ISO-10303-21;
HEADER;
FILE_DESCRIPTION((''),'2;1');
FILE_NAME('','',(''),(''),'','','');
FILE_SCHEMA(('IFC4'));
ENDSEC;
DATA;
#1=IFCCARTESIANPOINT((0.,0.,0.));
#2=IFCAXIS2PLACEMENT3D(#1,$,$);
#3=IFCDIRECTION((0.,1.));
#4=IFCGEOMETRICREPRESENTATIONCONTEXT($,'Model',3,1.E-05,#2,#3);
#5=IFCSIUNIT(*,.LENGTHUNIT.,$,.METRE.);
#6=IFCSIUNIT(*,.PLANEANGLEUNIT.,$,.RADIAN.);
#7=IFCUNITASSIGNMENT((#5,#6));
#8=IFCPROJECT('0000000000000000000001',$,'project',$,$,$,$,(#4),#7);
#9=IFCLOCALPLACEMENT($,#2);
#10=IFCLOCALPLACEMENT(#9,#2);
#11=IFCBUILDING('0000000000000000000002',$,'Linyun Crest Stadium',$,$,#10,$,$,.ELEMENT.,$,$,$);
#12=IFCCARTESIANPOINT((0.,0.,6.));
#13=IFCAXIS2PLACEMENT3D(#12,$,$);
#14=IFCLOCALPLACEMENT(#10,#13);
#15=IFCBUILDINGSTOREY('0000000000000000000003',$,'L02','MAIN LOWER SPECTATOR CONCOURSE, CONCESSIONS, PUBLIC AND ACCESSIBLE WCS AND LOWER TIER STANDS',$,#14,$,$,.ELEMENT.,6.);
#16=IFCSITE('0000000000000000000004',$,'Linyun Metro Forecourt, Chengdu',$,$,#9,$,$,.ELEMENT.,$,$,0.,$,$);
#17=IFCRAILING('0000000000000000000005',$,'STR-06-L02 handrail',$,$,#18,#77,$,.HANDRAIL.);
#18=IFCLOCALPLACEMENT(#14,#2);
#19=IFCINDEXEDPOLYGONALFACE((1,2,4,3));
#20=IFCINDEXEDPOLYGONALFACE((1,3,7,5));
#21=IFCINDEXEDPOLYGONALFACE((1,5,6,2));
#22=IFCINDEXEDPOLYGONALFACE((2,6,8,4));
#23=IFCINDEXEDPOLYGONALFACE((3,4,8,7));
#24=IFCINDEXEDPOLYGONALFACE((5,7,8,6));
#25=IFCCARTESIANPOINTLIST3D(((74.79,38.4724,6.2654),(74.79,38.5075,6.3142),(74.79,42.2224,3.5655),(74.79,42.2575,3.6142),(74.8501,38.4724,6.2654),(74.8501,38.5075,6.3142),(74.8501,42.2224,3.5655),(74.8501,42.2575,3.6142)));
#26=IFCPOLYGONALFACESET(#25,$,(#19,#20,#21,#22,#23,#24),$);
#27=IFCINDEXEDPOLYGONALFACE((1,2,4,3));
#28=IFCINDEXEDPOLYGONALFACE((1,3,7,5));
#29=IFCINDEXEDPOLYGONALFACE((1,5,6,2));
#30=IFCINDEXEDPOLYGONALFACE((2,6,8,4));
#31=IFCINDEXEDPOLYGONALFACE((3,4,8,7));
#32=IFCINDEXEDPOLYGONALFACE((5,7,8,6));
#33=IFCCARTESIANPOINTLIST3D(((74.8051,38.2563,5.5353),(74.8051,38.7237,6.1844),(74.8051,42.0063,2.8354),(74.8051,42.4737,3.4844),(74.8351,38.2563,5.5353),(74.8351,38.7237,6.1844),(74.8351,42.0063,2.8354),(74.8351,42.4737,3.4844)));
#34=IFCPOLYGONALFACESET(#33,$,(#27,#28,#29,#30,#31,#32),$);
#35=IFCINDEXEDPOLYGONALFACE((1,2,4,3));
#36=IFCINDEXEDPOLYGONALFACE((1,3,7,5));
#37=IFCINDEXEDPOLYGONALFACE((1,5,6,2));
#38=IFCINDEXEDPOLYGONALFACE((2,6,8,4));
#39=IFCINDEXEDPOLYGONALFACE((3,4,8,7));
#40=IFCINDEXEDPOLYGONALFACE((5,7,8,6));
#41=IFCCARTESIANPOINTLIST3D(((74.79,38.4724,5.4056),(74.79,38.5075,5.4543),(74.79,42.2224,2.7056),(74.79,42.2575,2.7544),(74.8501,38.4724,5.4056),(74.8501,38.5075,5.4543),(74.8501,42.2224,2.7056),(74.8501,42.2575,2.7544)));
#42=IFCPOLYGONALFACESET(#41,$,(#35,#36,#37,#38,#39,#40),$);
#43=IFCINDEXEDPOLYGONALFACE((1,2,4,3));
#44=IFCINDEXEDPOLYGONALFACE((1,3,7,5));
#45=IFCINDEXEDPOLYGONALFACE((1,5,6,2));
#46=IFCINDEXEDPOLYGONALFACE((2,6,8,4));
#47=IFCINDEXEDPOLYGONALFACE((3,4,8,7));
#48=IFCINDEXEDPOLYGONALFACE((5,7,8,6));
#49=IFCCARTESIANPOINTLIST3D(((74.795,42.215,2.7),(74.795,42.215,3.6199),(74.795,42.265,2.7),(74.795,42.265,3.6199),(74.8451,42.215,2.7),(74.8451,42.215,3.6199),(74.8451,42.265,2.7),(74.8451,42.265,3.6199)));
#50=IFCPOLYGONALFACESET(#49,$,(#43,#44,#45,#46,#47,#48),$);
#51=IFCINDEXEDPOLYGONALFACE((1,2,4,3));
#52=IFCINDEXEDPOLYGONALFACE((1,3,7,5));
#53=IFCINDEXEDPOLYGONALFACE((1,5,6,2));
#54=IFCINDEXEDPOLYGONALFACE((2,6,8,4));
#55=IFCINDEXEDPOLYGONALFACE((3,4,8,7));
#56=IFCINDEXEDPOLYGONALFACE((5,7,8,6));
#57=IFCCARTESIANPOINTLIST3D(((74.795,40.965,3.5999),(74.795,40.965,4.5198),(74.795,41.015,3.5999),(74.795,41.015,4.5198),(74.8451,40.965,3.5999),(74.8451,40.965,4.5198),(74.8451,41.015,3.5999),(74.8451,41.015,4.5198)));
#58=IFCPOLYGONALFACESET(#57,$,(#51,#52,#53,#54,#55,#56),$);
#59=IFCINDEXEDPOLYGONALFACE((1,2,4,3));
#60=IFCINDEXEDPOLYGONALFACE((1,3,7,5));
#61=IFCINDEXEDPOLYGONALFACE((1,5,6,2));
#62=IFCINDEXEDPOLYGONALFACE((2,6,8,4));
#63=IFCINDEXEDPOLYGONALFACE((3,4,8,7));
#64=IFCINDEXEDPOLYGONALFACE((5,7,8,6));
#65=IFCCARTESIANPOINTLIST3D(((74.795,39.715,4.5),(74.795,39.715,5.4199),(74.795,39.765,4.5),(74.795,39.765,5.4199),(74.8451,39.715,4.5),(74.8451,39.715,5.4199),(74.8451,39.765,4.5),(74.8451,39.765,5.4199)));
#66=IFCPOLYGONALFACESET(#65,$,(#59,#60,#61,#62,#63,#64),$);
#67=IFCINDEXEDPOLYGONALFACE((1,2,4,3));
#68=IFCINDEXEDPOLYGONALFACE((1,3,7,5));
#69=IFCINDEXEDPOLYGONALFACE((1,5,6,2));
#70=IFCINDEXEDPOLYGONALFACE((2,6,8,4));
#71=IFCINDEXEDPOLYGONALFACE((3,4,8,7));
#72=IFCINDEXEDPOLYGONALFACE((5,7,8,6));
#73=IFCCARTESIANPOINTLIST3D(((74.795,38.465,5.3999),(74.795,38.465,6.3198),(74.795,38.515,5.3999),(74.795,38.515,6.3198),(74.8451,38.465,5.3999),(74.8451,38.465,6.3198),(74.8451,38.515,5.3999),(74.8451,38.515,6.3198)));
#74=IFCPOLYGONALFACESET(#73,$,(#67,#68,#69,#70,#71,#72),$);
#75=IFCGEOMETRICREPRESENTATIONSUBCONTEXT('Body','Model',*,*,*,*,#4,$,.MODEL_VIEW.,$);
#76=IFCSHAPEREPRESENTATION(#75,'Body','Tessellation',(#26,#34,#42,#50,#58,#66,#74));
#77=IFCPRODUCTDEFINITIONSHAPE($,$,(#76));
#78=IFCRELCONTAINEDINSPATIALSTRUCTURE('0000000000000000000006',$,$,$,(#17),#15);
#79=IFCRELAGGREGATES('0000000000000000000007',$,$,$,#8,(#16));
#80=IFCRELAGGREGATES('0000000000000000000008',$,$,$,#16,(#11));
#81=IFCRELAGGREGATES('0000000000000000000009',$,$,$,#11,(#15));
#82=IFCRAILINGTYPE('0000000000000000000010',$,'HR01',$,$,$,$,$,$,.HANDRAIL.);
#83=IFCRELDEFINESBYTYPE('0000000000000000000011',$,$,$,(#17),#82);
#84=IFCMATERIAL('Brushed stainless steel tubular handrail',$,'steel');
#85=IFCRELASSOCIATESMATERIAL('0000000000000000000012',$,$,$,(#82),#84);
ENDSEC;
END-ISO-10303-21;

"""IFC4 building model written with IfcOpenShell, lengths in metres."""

from ifc_helpers import new_model, si_unit, direction, frame, origin, origin_2d, place, context, subcontext, project, spatial, rectangle, extrude, material, type_object, element, save


model = new_model("IFC4")

# Units and contexts
model_context = context("Model", 3, precision=1e-05, world=origin(), true_north=direction((0.0, 1.0)))
body_context = subcontext(model_context, "Body", "Model", "MODEL_VIEW")
ifc_project = project(units=[si_unit("LENGTHUNIT", "METRE"), si_unit("PLANEANGLEUNIT", "RADIAN")], contexts=[model_context])

# Site, building, storey
site_placement = place(None, origin())
site = spatial("IfcSite", under=ifc_project, at=site_placement, Name="Linyun Metro Forecourt, Chengdu", CompositionType="ELEMENT", RefElevation=0.0)
building_placement = place(site_placement, origin())
building = spatial("IfcBuilding", under=site, at=building_placement, Name="Linyun Crest Stadium", CompositionType="ELEMENT")
storey_placement = place(building_placement, frame((0.0, 0.0, 6.0)))
storey = spatial("IfcBuildingStorey", under=building, at=storey_placement, Name="L02", Description="MAIN LOWER SPECTATOR CONCOURSE, CONCESSIONS, PUBLIC AND ACCESSIBLE WCS AND LOWER TIER STANDS", CompositionType="ELEMENT", Elevation=6.0)

# Railing
ifc_material_1 = material(Name="Brushed stainless steel tubular handrail", Category="steel")
railing_type_1 = type_object("IfcRailingType", Name="HR01", PredefinedType="HANDRAIL", material=ifc_material_1)
railing_1_placement = place(storey_placement, frame((74.8201, 42.24, 2.7)))
element("IfcRailing", 1, at=railing_1_placement, inside=storey, type_object=railing_type_1, Name="STR-06-L02 handrail", PredefinedType="HANDRAIL", context=body_context, shape_type="SweptSolid", body=[
    extrude(rectangle(XDim=0.0601, YDim=0.0601, at=origin_2d()), frame((0.0, 0.0, 0.8899), z_axis=(0.0, -0.811539, 0.584298), x_axis=(1.0, 0.0, 0.0)), (0.0, 0.0, 1.0), 4.6208),
    extrude(rectangle(XDim=0.03, YDim=0.7998, at=origin_2d()), frame((0.0, 0.0, 0.46), z_axis=(0.0, -0.811539, 0.584298), x_axis=(1.0, 0.0, 0.0)), (0.0, 0.0, 1.0), 4.6208),
    extrude(rectangle(XDim=0.0601, YDim=0.0601, at=origin_2d()), frame((0.0, 0.0, 0.03), z_axis=(0.0, -0.811539, 0.584298), x_axis=(1.0, 0.0, 0.0)), (0.0, 0.0, 1.0), 4.6208),
    extrude(rectangle(XDim=0.05, YDim=0.05, at=origin_2d()), origin(), (0.0, 0.0, 1.0), 0.9199),
    extrude(rectangle(XDim=0.05, YDim=0.05, at=origin_2d()), frame((0.0, -1.25, 0.8999)), (0.0, 0.0, 1.0), 0.9199),
    extrude(rectangle(XDim=0.05, YDim=0.05, at=origin_2d()), frame((0.0, -2.5, 1.8)), (0.0, 0.0, 1.0), 0.9199),
    extrude(rectangle(XDim=0.05, YDim=0.05, at=origin_2d()), frame((0.0, -3.75, 2.7)), (0.0, 0.0, 1.0), 0.9199),
])

save(model, "model.ifc")
